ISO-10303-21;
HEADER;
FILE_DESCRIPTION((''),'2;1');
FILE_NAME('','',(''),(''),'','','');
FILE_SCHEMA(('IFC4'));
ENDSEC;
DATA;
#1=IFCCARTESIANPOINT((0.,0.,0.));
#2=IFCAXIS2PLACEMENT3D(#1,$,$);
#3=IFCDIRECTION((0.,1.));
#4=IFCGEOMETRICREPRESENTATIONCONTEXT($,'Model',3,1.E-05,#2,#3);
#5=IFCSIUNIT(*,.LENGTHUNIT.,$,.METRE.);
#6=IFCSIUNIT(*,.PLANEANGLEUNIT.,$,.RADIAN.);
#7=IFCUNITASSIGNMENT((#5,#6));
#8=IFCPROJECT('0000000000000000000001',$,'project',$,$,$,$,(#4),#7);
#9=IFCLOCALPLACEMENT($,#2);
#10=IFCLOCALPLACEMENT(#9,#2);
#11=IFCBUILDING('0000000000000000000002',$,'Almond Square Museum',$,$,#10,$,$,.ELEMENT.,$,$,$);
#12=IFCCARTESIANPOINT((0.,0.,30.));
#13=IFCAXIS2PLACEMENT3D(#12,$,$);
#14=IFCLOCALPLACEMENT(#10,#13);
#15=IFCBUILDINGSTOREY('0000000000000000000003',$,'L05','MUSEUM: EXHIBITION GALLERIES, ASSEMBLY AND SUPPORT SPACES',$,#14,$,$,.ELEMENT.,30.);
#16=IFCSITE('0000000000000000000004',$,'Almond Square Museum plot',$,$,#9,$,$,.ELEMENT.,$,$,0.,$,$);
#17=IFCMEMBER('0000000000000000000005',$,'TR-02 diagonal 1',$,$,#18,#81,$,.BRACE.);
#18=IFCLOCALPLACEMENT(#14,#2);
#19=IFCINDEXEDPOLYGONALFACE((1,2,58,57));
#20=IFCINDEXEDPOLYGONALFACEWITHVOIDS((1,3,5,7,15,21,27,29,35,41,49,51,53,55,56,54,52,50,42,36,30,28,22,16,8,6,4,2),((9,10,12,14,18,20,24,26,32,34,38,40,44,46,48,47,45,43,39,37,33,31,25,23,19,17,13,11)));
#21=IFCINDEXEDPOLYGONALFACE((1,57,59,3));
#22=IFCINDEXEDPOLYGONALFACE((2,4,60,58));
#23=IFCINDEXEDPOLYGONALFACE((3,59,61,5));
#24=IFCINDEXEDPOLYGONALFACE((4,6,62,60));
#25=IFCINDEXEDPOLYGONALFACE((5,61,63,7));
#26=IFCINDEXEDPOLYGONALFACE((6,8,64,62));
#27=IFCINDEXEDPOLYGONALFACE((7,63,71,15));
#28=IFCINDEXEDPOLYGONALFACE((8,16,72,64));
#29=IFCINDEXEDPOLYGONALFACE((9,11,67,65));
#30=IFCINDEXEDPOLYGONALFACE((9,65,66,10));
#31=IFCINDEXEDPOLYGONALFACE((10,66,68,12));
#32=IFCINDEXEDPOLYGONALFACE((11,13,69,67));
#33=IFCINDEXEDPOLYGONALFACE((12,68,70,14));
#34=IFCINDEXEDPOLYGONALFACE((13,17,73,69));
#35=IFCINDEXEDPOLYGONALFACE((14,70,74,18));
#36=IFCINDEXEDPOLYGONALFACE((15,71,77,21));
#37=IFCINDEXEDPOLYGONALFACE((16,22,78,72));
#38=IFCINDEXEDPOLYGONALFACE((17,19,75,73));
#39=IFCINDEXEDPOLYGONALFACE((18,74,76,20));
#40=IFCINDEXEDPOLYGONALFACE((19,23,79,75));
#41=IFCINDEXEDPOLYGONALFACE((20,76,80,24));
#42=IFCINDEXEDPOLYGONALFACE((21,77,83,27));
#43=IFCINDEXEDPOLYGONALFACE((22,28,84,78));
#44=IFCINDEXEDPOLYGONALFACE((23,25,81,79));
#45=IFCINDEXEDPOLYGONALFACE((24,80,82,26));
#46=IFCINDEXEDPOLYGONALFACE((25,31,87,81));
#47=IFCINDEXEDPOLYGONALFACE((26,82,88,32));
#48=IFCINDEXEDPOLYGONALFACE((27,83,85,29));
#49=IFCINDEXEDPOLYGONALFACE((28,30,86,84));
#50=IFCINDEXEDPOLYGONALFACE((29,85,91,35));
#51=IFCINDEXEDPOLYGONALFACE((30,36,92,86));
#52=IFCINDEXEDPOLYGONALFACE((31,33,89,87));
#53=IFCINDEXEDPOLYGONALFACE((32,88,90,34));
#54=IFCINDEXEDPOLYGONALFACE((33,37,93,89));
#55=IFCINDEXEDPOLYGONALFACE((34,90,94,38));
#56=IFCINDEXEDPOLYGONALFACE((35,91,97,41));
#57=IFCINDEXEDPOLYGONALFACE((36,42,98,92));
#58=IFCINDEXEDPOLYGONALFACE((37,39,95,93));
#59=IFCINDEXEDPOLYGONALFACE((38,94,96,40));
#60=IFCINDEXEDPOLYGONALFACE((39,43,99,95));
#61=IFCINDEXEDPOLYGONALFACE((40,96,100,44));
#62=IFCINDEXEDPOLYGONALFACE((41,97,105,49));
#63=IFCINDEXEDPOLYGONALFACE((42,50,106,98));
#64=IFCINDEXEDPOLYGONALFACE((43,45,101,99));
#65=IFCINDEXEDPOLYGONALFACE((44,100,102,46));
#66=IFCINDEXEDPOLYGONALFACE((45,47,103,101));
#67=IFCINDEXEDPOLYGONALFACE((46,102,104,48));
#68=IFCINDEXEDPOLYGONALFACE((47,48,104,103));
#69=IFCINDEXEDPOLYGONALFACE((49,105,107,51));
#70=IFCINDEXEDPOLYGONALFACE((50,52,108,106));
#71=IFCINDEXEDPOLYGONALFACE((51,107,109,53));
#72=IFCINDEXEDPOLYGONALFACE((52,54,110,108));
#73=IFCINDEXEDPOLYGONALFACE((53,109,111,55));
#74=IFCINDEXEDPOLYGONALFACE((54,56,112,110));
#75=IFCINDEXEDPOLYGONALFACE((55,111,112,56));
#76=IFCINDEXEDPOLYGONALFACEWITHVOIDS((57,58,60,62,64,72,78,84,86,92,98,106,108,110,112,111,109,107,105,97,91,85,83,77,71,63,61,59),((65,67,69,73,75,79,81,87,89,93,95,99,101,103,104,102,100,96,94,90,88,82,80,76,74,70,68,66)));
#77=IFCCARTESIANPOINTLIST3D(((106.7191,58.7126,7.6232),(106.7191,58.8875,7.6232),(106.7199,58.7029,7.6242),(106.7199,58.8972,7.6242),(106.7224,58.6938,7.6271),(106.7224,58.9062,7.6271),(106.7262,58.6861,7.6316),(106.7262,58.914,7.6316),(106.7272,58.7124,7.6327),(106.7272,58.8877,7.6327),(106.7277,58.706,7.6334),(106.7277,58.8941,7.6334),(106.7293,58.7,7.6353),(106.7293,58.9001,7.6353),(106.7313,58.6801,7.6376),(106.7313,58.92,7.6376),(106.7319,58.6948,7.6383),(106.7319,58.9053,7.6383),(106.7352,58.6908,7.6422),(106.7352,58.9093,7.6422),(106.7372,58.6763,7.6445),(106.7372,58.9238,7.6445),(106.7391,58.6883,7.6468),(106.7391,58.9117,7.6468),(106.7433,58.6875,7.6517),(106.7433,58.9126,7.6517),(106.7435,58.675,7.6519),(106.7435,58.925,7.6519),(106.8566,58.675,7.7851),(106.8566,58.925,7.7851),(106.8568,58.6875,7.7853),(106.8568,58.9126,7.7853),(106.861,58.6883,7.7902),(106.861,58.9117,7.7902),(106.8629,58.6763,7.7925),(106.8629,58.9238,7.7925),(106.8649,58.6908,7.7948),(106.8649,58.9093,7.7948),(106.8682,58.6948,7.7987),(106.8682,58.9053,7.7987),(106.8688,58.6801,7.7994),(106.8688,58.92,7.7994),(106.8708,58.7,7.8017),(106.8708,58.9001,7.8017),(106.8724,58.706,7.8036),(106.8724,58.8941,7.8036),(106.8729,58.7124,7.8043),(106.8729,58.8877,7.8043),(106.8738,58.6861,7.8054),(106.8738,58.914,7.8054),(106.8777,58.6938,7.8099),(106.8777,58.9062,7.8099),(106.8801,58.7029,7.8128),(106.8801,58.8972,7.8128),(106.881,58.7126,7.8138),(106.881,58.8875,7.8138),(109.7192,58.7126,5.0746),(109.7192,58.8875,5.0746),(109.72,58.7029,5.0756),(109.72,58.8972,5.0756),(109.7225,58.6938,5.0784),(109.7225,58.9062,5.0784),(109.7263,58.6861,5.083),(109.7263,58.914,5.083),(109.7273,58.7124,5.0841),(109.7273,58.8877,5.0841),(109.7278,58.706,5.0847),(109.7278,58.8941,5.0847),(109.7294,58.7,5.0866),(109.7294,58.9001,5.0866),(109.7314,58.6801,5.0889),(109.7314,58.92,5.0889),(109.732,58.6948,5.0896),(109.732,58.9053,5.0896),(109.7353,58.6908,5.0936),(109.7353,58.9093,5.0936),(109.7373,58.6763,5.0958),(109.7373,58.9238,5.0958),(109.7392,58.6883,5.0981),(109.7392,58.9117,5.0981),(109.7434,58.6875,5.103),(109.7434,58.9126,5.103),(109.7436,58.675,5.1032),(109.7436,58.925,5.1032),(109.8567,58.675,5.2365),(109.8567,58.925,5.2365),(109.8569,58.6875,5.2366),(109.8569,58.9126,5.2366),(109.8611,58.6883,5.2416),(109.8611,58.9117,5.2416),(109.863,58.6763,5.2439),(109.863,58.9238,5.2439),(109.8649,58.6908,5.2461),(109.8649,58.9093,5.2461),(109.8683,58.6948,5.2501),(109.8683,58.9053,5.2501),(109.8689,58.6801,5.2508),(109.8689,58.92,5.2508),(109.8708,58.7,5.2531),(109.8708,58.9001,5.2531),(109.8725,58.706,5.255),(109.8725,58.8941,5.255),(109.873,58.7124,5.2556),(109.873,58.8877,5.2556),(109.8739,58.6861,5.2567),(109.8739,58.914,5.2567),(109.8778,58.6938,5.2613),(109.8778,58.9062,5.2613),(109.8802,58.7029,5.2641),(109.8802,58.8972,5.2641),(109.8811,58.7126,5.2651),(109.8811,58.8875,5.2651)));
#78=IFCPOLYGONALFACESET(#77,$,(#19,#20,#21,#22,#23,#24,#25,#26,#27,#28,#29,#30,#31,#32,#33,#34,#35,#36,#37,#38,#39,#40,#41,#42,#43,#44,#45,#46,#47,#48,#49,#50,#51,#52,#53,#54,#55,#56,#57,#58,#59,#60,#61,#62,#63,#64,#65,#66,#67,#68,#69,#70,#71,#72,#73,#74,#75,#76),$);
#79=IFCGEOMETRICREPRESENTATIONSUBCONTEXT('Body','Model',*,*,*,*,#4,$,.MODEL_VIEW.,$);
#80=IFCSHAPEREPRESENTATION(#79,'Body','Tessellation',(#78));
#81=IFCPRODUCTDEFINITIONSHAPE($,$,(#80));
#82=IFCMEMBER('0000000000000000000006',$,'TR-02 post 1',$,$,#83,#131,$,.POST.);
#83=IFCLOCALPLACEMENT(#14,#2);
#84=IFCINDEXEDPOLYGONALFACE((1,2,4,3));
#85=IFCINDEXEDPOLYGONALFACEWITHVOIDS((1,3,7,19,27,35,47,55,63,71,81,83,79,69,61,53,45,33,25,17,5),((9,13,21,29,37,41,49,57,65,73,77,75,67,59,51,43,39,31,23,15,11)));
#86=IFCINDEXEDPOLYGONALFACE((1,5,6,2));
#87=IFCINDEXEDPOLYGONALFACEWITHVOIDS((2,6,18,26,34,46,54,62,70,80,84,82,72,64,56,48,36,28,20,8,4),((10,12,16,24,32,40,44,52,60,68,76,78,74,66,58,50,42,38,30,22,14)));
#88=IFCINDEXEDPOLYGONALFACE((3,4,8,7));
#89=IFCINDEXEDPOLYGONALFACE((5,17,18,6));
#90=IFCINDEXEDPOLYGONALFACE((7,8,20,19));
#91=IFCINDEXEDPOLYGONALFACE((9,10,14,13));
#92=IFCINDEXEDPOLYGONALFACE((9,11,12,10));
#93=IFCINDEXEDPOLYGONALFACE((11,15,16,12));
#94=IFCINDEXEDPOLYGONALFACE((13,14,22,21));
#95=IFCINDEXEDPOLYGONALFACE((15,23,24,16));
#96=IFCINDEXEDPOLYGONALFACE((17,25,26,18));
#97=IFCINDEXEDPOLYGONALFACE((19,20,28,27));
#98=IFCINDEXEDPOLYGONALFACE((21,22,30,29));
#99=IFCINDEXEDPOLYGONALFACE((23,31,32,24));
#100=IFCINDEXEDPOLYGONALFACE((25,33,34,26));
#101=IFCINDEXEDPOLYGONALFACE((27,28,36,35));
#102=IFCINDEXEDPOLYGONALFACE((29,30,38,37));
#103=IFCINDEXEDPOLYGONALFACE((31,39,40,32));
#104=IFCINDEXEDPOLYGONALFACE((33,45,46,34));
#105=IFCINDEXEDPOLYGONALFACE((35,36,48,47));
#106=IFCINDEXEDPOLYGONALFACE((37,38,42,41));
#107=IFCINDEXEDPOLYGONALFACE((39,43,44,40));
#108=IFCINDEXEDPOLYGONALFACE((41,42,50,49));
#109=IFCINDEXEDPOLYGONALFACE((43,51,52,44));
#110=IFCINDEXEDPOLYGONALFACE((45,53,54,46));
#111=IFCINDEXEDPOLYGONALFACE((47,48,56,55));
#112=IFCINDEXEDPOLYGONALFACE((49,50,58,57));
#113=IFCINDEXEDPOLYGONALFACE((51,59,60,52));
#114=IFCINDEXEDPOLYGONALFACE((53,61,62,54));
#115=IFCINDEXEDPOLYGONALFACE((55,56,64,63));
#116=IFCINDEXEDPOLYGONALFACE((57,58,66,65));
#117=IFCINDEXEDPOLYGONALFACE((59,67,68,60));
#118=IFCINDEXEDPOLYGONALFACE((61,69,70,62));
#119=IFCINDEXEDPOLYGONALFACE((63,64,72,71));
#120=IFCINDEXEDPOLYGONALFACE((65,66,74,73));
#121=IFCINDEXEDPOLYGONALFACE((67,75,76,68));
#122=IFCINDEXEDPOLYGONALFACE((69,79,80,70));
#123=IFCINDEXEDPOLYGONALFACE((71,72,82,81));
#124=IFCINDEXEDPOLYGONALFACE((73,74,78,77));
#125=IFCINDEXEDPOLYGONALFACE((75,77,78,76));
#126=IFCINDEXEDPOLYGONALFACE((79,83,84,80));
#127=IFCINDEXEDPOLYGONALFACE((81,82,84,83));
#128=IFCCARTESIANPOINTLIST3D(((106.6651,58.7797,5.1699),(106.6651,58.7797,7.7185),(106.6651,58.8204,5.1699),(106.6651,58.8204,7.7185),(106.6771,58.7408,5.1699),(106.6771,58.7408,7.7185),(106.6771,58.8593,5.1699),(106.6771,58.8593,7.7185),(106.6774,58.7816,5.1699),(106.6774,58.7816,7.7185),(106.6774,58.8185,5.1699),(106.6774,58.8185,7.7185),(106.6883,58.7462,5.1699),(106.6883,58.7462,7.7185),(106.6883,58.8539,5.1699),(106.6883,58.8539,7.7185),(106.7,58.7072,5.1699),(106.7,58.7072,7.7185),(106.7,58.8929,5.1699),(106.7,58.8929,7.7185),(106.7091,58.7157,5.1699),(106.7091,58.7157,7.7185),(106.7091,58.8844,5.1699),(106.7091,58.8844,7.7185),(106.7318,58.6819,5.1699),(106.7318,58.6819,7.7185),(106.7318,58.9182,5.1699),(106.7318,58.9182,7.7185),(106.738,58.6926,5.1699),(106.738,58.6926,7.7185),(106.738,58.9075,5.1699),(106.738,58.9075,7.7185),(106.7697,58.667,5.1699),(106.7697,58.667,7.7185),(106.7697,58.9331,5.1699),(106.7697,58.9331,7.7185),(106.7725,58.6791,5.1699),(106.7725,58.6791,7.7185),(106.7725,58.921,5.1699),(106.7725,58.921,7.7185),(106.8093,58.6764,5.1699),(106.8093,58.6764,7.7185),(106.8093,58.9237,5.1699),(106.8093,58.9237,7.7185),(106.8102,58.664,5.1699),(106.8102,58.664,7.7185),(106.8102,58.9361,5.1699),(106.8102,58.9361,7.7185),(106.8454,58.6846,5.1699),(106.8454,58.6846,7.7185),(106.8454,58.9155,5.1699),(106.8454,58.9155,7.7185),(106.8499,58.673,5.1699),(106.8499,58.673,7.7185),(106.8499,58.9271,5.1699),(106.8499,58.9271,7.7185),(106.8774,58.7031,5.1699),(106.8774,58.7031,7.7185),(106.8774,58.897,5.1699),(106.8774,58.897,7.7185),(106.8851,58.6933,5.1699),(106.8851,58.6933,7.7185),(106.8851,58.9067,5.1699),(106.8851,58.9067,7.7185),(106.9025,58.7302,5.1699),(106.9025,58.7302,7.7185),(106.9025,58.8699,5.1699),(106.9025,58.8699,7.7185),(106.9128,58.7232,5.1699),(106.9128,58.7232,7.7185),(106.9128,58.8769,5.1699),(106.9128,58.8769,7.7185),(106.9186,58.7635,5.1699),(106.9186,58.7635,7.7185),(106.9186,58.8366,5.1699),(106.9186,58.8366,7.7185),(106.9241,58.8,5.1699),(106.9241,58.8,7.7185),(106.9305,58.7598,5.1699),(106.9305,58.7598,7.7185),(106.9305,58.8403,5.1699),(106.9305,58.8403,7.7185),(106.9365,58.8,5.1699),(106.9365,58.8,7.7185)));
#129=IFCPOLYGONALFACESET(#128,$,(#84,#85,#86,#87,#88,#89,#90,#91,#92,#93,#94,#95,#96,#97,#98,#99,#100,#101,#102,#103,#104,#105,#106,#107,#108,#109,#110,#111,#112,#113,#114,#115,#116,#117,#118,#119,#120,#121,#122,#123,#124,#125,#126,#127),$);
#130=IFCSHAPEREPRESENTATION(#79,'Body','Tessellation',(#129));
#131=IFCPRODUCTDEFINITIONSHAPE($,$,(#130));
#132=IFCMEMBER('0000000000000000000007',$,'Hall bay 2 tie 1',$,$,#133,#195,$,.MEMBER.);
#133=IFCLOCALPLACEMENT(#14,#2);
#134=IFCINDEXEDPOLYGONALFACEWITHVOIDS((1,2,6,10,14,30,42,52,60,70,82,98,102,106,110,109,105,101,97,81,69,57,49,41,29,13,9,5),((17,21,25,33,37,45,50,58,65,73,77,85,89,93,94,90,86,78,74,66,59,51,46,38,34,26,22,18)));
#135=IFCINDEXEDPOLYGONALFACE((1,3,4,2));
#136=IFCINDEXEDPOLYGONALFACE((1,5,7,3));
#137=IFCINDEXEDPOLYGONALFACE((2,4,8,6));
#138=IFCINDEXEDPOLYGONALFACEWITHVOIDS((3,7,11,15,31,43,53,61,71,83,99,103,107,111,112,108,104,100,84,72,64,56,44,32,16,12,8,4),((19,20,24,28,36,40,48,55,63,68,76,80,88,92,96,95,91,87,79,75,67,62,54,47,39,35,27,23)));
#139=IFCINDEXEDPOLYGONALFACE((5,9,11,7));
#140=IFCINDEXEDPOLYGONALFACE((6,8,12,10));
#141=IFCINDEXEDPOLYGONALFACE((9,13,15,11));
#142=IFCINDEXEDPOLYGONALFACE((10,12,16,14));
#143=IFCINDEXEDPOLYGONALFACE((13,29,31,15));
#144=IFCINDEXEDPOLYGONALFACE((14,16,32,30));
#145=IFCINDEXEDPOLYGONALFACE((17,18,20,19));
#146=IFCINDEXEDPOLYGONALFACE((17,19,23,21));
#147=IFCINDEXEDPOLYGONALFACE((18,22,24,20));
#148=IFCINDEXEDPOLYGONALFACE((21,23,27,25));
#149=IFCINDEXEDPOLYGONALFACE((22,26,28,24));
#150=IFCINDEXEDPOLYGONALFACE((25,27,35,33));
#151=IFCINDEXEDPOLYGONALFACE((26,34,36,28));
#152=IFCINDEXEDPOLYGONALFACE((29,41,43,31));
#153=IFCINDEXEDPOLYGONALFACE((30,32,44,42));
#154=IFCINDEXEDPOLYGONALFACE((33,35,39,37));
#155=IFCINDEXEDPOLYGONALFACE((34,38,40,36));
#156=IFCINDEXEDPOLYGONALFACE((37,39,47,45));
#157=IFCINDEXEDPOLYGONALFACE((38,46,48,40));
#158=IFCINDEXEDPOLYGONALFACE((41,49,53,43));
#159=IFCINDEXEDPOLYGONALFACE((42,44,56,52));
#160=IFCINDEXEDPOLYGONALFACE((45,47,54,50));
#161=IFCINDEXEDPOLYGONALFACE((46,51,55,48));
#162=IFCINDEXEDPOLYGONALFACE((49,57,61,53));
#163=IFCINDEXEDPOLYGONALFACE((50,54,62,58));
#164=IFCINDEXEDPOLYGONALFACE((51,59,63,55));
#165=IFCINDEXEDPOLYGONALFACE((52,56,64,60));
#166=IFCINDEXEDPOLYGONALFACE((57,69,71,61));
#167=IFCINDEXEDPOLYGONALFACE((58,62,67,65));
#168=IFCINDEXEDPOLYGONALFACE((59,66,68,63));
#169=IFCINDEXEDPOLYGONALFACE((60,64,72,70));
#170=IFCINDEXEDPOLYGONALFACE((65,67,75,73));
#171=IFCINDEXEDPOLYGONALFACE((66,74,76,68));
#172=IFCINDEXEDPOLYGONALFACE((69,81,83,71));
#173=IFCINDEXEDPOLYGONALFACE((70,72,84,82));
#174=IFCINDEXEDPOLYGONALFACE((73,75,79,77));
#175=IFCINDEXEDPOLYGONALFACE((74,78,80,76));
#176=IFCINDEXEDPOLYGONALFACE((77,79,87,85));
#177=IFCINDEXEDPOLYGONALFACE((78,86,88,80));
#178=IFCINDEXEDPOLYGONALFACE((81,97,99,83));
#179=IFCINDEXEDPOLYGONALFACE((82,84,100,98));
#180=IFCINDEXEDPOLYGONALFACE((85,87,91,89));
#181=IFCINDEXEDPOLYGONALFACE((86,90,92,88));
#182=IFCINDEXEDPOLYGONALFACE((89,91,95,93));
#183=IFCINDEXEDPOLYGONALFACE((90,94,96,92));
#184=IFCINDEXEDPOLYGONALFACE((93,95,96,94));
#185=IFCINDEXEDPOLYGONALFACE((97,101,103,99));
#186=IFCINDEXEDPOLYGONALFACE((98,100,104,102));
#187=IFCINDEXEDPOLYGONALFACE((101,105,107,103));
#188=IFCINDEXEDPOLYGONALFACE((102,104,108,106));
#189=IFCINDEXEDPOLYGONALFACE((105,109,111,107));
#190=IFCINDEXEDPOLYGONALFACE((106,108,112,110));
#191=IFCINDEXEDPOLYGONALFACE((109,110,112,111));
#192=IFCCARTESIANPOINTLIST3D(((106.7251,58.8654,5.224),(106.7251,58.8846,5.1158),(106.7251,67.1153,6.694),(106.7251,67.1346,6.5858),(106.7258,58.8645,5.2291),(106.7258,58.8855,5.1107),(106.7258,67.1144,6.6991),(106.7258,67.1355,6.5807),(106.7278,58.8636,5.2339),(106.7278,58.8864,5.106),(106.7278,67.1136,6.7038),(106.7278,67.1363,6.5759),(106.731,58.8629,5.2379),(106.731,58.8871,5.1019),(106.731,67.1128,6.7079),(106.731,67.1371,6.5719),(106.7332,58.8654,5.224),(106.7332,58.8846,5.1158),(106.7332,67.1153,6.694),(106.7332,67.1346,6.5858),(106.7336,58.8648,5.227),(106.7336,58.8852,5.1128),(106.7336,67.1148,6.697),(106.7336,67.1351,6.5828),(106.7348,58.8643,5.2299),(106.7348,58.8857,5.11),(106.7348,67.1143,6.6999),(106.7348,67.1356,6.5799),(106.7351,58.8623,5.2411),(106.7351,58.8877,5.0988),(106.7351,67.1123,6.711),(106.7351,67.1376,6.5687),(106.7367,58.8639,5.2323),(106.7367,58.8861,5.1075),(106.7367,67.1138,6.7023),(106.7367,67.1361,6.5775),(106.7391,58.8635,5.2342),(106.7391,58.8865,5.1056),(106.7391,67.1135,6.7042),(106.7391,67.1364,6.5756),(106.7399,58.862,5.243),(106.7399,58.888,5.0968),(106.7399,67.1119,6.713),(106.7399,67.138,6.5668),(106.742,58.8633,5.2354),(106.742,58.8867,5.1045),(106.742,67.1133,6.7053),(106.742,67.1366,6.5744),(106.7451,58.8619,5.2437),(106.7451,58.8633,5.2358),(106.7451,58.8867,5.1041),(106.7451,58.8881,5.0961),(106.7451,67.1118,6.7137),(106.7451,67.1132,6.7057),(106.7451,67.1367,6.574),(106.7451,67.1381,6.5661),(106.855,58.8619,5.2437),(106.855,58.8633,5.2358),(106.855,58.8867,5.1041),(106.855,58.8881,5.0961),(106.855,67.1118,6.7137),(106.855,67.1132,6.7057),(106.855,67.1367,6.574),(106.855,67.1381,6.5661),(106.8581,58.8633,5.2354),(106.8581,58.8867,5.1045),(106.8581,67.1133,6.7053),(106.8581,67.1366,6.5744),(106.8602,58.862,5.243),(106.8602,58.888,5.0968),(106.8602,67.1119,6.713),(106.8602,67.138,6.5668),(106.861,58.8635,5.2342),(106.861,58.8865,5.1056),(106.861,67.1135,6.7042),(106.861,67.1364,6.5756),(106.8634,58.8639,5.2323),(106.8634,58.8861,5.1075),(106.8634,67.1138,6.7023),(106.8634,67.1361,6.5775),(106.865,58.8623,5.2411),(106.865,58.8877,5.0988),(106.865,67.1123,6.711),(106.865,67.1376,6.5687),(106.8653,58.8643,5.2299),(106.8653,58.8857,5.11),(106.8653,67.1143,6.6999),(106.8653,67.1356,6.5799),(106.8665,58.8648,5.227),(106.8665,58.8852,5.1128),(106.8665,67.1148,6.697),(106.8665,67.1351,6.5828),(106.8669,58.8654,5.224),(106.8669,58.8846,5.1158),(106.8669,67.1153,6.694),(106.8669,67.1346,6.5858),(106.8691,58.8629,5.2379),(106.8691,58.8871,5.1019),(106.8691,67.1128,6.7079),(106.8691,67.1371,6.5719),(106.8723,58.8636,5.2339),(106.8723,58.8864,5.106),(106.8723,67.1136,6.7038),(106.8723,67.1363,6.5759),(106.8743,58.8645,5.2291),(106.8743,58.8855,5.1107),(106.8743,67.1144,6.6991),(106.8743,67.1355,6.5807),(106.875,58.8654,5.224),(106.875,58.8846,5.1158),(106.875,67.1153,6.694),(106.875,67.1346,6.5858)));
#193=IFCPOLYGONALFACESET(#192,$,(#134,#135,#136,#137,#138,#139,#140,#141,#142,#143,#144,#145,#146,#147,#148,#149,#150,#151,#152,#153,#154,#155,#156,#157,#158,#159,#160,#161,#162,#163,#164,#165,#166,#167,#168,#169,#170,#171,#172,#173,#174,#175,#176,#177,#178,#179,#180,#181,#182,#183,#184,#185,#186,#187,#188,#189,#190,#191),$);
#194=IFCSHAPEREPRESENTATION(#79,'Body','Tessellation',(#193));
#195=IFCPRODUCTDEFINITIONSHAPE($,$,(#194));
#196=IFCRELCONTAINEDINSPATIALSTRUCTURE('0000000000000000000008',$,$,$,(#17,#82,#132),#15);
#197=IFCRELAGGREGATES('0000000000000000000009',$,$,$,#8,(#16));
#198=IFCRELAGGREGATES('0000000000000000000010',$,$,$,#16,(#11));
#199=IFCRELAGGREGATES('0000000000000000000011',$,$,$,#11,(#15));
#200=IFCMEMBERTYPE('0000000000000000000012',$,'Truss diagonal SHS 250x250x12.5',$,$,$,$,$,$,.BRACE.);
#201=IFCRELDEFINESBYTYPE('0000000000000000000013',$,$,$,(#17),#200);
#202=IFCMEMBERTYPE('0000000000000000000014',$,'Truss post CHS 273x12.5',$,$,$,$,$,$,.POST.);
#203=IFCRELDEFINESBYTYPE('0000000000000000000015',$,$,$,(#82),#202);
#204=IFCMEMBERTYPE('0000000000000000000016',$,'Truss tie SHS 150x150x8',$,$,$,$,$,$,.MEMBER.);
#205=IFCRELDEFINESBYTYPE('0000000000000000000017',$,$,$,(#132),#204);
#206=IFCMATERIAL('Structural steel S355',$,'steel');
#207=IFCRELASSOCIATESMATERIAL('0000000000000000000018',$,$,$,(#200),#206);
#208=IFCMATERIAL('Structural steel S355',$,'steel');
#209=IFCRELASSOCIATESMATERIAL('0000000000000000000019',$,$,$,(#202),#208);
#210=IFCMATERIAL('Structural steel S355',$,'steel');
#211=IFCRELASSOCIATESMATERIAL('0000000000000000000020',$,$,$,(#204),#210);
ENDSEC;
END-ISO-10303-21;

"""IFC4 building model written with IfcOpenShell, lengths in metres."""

from ifc_helpers import new_model, si_unit, direction, frame, origin, origin_2d, place, context, subcontext, project, spatial, hollow_rectangle, hollow_circle, extrude, material, material_profile, profile_set, type_object, element, save


model = new_model("IFC4")

# Units and contexts
model_context = context("Model", 3, precision=1e-05, world=origin(), true_north=direction((0.0, 1.0)))
body_context = subcontext(model_context, "Body", "Model", "MODEL_VIEW")
ifc_project = project(units=[si_unit("LENGTHUNIT", "METRE"), si_unit("PLANEANGLEUNIT", "RADIAN")], contexts=[model_context])

# Site, building, storey
site_placement = place(None, origin())
site = spatial("IfcSite", under=ifc_project, at=site_placement, Name="Almond Square Museum plot", CompositionType="ELEMENT", RefElevation=0.0)
building_placement = place(site_placement, origin())
building = spatial("IfcBuilding", under=site, at=building_placement, Name="Almond Square Museum", CompositionType="ELEMENT")
storey_placement = place(building_placement, frame((0.0, 0.0, 30.0)))
storey = spatial("IfcBuildingStorey", under=building, at=storey_placement, Name="L05", Description="MUSEUM: EXHIBITION GALLERIES, ASSEMBLY AND SUPPORT SPACES", CompositionType="ELEMENT", Elevation=30.0)

# Members
ifc_material_1 = material(Name="Structural steel S355", Category="steel")
ifc_material_profile_1 = material_profile(ifc_material_1, hollow_rectangle(XDim=0.25, YDim=0.25, WallThickness=0.0125, InnerFilletRadius=0.0249, OuterFilletRadius=0.0376, at=origin_2d()))
ifc_profile_set_1 = profile_set([ifc_material_profile_1], Name="Structural steel S355")
member_type_1 = type_object("IfcMemberType", Name="Truss diagonal SHS 250x250x12.5", PredefinedType="BRACE", material=ifc_profile_set_1)
member_1_placement = place(storey_placement, frame((106.8, 58.8, 7.7185), z_axis=(0.762117, 0.0, -0.64744), x_axis=(0.0, 1.0, 0.0)))
element("IfcMember", 1, at=member_1_placement, inside=storey, type_object=member_type_1, Name="TR-02 diagonal 1", PredefinedType="BRACE", context=body_context, shape_type="SweptSolid", body=[
    extrude(hollow_rectangle(XDim=0.25, YDim=0.25, WallThickness=0.0125, InnerFilletRadius=0.0249, OuterFilletRadius=0.0376, at=origin_2d()), origin(), (0.0, 0.0, 1.0), 3.9365),
])
ifc_material_2 = material(Name="Structural steel S355", Category="steel")
ifc_material_profile_2 = material_profile(ifc_material_2, hollow_circle(Radius=0.1365, WallThickness=0.0125, at=origin_2d()))
ifc_profile_set_2 = profile_set([ifc_material_profile_2], Name="Structural steel S355")
member_type_2 = type_object("IfcMemberType", Name="Truss post CHS 273x12.5", PredefinedType="POST", material=ifc_profile_set_2)
member_2_placement = place(storey_placement, frame((106.8, 58.8, 5.1699), z_axis=(0.0, 0.0, 1.0), x_axis=(1.0, 0.0, 0.0)))
element("IfcMember", 2, at=member_2_placement, inside=storey, type_object=member_type_2, Name="TR-02 post 1", PredefinedType="POST", context=body_context, shape_type="SweptSolid", body=[
    extrude(hollow_circle(Radius=0.1365, WallThickness=0.0125, at=origin_2d()), origin(), (0.0, 0.0, 1.0), 2.5486),
])
ifc_material_3 = material(Name="Structural steel S355", Category="steel")
ifc_material_profile_3 = material_profile(ifc_material_3, hollow_rectangle(XDim=0.1499, YDim=0.1499, WallThickness=0.0081, InnerFilletRadius=0.012, OuterFilletRadius=0.02, at=origin_2d()))
ifc_profile_set_3 = profile_set([ifc_material_profile_3], Name="Structural steel S355")
member_type_3 = type_object("IfcMemberType", Name="Truss tie SHS 150x150x8", PredefinedType="MEMBER", material=ifc_profile_set_3)
member_3_placement = place(storey_placement, frame((106.8, 58.875, 5.1699), z_axis=(0.0, 0.984494, 0.175416), x_axis=(-1.0, 0.0, 0.0)))
element("IfcMember", 3, at=member_3_placement, inside=storey, type_object=member_type_3, Name="Hall bay 2 tie 1", PredefinedType="MEMBER", context=body_context, shape_type="SweptSolid", body=[
    extrude(hollow_rectangle(XDim=0.1499, YDim=0.1499, WallThickness=0.0081, InnerFilletRadius=0.012, OuterFilletRadius=0.02, at=origin_2d()), origin(), (0.0, 0.0, 1.0), 8.3799),
])

save(model, "model.ifc")
